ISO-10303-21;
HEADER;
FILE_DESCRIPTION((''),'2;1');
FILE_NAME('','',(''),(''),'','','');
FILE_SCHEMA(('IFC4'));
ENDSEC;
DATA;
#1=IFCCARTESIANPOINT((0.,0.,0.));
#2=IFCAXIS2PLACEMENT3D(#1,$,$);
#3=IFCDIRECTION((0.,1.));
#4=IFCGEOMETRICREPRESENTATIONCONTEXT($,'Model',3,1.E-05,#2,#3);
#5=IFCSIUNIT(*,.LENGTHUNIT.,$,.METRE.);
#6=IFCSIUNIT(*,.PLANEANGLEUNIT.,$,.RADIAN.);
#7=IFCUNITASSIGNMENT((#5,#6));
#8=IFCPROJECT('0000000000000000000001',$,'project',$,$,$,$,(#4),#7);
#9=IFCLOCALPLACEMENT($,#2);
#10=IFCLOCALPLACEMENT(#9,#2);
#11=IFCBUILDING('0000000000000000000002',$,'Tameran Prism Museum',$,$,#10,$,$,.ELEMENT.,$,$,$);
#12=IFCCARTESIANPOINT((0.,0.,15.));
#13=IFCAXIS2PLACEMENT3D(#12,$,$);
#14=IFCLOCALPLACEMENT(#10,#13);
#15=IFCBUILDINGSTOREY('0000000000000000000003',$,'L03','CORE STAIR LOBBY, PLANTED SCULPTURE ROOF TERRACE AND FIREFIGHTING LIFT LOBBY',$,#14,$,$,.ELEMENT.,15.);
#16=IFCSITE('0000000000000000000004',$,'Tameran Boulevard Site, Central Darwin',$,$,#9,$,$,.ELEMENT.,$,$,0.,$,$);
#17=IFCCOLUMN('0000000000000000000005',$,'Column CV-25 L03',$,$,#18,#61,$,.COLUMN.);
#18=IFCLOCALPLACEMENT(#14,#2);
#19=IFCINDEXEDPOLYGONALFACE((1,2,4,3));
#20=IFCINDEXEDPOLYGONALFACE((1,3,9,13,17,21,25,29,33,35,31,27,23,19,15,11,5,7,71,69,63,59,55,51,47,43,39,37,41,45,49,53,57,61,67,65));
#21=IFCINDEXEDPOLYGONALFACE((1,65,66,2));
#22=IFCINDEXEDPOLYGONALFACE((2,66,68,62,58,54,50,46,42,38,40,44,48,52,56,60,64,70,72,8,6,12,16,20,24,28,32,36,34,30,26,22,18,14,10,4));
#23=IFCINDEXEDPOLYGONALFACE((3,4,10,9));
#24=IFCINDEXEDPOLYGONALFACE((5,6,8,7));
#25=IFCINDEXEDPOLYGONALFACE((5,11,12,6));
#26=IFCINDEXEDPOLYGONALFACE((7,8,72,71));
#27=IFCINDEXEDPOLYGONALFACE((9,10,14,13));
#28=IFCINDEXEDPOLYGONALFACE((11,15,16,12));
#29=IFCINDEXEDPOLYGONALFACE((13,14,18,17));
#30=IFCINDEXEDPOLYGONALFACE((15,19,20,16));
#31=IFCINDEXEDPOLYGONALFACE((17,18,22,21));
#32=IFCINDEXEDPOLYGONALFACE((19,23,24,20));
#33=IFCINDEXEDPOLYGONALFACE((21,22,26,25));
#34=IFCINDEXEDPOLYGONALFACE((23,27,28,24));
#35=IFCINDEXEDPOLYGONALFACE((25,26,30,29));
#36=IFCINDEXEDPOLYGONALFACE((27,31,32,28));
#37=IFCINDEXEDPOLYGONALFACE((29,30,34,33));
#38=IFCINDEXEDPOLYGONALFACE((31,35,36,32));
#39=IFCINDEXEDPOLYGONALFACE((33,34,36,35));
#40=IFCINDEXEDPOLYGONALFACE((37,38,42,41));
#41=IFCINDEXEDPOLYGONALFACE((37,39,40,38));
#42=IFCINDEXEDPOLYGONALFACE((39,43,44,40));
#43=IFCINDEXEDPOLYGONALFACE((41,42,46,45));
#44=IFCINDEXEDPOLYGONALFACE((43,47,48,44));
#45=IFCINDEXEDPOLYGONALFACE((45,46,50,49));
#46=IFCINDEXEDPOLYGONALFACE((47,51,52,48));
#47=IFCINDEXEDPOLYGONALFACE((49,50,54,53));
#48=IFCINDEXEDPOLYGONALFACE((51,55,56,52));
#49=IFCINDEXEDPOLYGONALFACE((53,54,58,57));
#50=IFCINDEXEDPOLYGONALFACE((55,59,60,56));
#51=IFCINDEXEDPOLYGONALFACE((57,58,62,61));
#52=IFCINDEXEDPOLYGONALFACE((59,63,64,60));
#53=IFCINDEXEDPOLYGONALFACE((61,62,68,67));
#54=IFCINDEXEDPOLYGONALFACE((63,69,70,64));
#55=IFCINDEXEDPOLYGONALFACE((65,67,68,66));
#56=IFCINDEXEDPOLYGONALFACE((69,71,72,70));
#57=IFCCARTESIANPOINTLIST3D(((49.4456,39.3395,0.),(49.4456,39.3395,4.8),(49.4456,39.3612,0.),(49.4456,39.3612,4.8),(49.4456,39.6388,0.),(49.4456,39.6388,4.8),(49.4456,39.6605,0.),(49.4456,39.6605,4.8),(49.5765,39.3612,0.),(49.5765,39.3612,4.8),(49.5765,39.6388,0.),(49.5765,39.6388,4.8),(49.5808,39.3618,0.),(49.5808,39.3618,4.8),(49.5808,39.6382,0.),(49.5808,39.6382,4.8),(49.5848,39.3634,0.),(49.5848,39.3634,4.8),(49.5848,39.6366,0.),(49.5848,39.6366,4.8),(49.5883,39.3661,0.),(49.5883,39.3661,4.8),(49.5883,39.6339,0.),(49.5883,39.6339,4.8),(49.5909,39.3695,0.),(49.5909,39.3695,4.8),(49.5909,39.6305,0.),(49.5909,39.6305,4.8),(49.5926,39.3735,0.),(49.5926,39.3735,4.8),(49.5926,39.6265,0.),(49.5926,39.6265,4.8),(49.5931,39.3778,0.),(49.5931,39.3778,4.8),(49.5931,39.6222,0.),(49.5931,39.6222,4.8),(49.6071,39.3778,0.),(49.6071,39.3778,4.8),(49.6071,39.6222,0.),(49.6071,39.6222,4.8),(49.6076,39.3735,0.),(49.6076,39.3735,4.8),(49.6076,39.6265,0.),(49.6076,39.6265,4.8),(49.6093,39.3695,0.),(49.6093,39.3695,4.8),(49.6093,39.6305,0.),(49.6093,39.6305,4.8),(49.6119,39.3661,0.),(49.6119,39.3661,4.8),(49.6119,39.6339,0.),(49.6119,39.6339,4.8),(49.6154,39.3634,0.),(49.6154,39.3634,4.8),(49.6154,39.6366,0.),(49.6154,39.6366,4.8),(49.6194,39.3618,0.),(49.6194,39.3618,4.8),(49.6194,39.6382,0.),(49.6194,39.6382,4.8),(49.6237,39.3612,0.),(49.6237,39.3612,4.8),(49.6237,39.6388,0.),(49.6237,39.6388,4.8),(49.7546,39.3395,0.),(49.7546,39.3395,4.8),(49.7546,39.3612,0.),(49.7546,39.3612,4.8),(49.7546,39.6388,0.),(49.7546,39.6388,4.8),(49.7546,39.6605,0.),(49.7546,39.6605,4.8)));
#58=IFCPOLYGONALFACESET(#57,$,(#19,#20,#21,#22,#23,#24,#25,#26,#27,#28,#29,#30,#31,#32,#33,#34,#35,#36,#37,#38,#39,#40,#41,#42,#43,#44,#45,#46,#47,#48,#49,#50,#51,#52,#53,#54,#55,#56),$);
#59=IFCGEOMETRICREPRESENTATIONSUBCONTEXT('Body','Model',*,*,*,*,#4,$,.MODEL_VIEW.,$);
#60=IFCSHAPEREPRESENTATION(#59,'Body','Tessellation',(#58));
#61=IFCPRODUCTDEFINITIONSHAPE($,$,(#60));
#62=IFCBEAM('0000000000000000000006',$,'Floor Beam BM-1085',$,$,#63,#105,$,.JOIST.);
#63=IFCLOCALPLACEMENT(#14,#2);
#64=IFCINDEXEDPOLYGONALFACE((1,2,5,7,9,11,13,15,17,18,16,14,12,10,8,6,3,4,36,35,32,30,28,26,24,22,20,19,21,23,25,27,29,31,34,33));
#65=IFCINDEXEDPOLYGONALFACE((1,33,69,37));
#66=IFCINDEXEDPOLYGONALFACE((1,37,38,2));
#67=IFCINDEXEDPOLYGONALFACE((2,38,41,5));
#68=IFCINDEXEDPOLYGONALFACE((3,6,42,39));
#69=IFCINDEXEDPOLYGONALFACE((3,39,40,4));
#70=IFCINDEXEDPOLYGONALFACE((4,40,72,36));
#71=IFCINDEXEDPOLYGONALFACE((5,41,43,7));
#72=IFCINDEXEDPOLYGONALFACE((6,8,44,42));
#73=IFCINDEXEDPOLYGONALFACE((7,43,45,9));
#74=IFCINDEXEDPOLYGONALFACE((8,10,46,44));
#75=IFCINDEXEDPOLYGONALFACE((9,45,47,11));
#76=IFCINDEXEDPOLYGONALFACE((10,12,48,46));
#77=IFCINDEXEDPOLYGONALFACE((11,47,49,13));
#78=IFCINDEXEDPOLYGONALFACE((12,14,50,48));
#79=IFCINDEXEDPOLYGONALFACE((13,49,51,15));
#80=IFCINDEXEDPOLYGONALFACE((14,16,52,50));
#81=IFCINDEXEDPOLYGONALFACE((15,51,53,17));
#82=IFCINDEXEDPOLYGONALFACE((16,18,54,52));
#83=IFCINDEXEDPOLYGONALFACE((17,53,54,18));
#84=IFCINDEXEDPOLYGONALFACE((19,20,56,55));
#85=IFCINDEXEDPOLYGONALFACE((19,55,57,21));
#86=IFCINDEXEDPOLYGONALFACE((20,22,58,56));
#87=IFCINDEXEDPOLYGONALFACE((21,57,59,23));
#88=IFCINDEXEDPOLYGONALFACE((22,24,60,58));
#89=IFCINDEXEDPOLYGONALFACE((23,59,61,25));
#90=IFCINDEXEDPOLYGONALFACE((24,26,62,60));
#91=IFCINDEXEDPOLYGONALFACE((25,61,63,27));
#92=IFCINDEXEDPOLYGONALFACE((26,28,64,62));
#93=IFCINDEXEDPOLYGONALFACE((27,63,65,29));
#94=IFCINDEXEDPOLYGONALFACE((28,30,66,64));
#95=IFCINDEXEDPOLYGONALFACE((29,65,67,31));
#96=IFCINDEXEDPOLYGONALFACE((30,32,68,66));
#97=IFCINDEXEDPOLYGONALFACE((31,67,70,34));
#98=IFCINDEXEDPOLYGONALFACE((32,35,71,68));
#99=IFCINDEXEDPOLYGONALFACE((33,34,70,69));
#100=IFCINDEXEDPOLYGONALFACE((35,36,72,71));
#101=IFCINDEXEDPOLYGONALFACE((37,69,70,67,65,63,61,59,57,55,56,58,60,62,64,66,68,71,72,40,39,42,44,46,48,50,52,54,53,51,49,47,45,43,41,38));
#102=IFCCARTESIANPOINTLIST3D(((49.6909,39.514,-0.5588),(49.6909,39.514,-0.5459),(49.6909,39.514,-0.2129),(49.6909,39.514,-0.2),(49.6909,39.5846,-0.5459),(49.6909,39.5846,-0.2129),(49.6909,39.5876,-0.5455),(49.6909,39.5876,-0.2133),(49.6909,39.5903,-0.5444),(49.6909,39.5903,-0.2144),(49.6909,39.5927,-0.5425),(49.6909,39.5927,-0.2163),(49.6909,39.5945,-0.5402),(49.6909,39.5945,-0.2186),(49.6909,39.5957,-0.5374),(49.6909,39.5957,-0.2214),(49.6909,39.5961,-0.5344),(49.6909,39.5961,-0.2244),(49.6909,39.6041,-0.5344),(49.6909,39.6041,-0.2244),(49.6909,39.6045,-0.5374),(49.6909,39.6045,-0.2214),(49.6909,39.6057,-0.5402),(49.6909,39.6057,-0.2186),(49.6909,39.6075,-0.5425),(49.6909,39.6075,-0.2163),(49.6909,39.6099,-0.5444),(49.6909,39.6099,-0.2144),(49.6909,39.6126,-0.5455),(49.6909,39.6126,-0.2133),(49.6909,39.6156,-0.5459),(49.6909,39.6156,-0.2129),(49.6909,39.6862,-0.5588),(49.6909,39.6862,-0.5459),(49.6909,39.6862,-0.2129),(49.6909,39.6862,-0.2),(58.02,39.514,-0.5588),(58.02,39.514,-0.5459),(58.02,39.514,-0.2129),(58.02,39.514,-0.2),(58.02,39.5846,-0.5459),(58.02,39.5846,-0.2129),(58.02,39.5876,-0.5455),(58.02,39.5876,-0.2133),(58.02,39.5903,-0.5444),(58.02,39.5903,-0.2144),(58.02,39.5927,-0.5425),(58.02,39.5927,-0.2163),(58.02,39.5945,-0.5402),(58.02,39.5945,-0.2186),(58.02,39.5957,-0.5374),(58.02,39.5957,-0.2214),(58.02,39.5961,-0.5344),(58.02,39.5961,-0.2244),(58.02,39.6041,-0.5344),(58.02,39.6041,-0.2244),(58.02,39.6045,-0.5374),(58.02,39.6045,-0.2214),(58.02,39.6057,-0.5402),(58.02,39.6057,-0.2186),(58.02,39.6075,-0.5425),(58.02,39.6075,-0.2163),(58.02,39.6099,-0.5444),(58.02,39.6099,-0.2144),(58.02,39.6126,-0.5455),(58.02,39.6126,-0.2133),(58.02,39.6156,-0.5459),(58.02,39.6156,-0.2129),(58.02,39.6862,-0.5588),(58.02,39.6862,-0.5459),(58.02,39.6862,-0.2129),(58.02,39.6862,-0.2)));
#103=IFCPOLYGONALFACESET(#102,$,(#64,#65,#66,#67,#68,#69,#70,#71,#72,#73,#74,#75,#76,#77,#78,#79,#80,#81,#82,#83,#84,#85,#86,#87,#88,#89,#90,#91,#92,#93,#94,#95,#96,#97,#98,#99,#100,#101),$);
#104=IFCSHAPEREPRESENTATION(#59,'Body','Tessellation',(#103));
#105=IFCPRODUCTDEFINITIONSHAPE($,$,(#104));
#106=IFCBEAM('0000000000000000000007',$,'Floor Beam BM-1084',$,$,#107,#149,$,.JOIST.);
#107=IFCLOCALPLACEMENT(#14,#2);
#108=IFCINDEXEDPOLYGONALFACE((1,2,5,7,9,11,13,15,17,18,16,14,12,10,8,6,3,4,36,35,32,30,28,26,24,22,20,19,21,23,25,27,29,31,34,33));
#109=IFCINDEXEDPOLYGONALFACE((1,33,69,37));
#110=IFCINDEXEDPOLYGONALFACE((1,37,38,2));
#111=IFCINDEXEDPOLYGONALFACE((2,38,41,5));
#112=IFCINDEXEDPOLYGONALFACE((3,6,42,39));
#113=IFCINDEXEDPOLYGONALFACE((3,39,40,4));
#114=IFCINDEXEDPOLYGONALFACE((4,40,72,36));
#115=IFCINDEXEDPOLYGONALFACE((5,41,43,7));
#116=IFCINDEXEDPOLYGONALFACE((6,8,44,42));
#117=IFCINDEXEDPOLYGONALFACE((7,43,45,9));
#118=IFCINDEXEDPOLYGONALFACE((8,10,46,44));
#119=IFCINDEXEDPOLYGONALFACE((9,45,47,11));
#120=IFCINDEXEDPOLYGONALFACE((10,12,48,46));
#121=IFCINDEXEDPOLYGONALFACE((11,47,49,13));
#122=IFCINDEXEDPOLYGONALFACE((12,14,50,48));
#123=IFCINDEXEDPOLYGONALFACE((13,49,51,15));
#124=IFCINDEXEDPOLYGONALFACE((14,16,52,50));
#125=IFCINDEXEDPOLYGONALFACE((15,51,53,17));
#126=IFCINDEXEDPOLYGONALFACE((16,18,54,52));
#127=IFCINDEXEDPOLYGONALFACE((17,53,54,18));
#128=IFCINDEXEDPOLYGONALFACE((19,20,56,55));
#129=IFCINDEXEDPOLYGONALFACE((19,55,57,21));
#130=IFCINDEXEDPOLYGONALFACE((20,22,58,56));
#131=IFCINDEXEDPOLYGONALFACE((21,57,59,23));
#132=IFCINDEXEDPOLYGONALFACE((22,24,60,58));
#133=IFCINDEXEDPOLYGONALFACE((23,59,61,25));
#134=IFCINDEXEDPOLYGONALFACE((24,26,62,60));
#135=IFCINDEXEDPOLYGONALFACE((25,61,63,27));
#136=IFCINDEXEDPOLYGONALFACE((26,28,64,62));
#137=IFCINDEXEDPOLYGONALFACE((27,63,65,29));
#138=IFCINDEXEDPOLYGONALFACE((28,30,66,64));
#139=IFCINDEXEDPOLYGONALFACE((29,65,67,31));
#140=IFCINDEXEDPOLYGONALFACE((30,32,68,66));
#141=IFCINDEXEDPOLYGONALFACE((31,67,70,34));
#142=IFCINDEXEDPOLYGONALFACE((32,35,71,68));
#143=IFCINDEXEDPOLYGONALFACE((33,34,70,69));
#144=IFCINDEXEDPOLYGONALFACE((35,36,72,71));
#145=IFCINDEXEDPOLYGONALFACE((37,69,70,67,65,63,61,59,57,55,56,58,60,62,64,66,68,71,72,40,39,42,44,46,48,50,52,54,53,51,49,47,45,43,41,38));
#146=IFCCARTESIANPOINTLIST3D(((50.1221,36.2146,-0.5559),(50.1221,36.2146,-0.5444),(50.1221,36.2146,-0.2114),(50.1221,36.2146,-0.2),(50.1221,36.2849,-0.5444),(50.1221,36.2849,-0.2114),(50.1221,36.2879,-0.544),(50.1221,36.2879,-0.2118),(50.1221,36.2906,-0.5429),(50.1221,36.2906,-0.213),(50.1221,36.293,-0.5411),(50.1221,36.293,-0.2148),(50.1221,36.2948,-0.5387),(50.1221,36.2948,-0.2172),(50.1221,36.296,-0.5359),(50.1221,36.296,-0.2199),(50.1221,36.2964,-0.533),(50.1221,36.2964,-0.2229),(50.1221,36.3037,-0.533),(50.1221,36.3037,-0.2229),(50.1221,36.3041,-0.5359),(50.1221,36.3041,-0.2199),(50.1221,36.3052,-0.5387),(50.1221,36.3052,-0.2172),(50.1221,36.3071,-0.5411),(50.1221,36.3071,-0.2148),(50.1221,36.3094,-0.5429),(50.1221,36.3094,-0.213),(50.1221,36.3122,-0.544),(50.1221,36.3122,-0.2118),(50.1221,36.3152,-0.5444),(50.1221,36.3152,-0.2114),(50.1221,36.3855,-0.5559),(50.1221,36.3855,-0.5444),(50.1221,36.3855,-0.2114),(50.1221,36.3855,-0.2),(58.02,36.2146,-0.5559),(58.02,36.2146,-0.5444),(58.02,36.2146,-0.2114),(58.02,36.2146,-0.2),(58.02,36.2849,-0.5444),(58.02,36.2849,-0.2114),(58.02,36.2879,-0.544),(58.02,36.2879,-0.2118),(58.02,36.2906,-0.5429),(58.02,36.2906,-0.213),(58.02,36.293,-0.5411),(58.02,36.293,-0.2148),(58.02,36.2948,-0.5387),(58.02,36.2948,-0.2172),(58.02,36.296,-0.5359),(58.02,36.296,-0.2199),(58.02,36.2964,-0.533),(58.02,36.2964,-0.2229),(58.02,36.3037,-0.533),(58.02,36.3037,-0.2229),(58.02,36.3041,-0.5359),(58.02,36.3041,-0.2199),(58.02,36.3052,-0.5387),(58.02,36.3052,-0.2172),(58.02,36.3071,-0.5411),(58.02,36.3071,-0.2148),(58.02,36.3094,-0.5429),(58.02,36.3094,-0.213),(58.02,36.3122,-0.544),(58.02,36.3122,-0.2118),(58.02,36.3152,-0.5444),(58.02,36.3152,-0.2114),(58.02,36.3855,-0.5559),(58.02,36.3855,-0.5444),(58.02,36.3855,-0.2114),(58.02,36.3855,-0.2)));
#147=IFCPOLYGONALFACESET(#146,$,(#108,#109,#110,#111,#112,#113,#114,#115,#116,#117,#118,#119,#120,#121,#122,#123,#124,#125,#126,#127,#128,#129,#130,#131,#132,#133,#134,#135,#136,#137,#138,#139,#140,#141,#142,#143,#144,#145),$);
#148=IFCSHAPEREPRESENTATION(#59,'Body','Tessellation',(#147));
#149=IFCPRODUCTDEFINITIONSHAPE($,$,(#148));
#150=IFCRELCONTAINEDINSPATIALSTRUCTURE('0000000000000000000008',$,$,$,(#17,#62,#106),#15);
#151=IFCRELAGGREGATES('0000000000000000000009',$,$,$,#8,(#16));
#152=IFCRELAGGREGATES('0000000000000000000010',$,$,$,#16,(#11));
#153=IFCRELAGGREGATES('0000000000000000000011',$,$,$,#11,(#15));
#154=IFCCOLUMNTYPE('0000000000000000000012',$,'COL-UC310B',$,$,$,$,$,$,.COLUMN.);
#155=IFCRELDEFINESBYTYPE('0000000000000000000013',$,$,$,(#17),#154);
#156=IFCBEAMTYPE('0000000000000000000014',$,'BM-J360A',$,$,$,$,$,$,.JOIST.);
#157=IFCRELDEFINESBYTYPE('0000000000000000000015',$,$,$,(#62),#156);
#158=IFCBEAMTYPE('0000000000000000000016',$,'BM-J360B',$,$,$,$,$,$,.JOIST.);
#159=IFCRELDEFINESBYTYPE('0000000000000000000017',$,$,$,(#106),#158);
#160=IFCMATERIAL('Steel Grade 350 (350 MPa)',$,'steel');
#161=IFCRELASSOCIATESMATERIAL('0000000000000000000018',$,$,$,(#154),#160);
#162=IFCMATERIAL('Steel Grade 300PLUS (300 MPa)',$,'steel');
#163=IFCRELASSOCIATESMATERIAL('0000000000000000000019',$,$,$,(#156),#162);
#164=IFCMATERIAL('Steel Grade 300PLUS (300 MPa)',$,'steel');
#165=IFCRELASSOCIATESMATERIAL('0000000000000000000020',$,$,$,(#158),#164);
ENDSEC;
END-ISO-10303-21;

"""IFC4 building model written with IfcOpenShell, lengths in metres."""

from ifc_helpers import new_model, si_unit, direction, frame, origin, origin_2d, place, context, subcontext, project, spatial, i_section, extrude, material, material_profile, profile_set, type_object, element, save


model = new_model("IFC4")

# Units and contexts
model_context = context("Model", 3, precision=1e-05, world=origin(), true_north=direction((0.0, 1.0)))
body_context = subcontext(model_context, "Body", "Model", "MODEL_VIEW")
ifc_project = project(units=[si_unit("LENGTHUNIT", "METRE"), si_unit("PLANEANGLEUNIT", "RADIAN")], contexts=[model_context])

# Site, building, storey
site_placement = place(None, origin())
site = spatial("IfcSite", under=ifc_project, at=site_placement, Name="Tameran Boulevard Site, Central Darwin", CompositionType="ELEMENT", RefElevation=0.0)
building_placement = place(site_placement, origin())
building = spatial("IfcBuilding", under=site, at=building_placement, Name="Tameran Prism Museum", CompositionType="ELEMENT")
storey_placement = place(building_placement, frame((0.0, 0.0, 15.0)))
storey = spatial("IfcBuildingStorey", under=building, at=storey_placement, Name="L03", Description="CORE STAIR LOBBY, PLANTED SCULPTURE ROOF TERRACE AND FIREFIGHTING LIFT LOBBY", CompositionType="ELEMENT", Elevation=15.0)

# Column
ifc_material_1 = material(Name="Steel Grade 350 (350 MPa)", Category="steel")
ifc_material_profile_1 = material_profile(ifc_material_1, i_section(OverallWidth=0.3091, OverallDepth=0.321, WebThickness=0.0139, FlangeThickness=0.0217, FilletRadius=0.0166, at=origin_2d()))
ifc_profile_set_1 = profile_set([ifc_material_profile_1])
column_type = type_object("IfcColumnType", Name="COL-UC310B", PredefinedType="COLUMN", material=ifc_profile_set_1)
column_placement = place(storey_placement, frame((49.6001, 39.5, 0.0), z_axis=(0.0, 0.0, 1.0), x_axis=(1.0, 0.0, 0.0)))
element("IfcColumn", 1, at=column_placement, inside=storey, type_object=column_type, Name="Column CV-25 L03", PredefinedType="COLUMN", context=body_context, shape_type="SweptSolid", body=[
    extrude(i_section(OverallWidth=0.3091, OverallDepth=0.321, WebThickness=0.0139, FlangeThickness=0.0217, FilletRadius=0.0166, at=origin_2d()), origin(), (0.0, 0.0, 1.0), 4.8),
])

# Beams
ifc_material_2 = material(Name="Steel Grade 300PLUS (300 MPa)", Category="steel")
ifc_material_profile_2 = material_profile(ifc_material_2, i_section(OverallWidth=0.1721, OverallDepth=0.3589, WebThickness=0.0081, FlangeThickness=0.0129, FilletRadius=0.0115, at=origin_2d()))
ifc_profile_set_2 = profile_set([ifc_material_profile_2])
beam_type_1 = type_object("IfcBeamType", Name="BM-J360A", PredefinedType="JOIST", material=ifc_profile_set_2)
beam_1_placement = place(storey_placement, frame((49.6909, 39.6001, -0.3794), z_axis=(1.0, 0.0, 0.0), x_axis=(0.0, 1.0, 0.0)))
element("IfcBeam", 2, at=beam_1_placement, inside=storey, type_object=beam_type_1, Name="Floor Beam BM-1085", PredefinedType="JOIST", context=body_context, shape_type="SweptSolid", body=[
    extrude(i_section(OverallWidth=0.1721, OverallDepth=0.3589, WebThickness=0.0081, FlangeThickness=0.0129, FilletRadius=0.0115, at=origin_2d()), origin(), (0.0, 0.0, 1.0), 8.3291),
])
ifc_material_3 = material(Name="Steel Grade 300PLUS (300 MPa)", Category="steel")
ifc_material_profile_3 = material_profile(ifc_material_3, i_section(OverallWidth=0.1709, OverallDepth=0.356, WebThickness=0.0073, FlangeThickness=0.0115, FilletRadius=0.0115, at=origin_2d()))
ifc_profile_set_3 = profile_set([ifc_material_profile_3])
beam_type_2 = type_object("IfcBeamType", Name="BM-J360B", PredefinedType="JOIST", material=ifc_profile_set_3)
beam_2_placement = place(storey_placement, frame((50.1221, 36.3, -0.3779), z_axis=(1.0, 0.0, 0.0), x_axis=(0.0, 1.0, 0.0)))
element("IfcBeam", 3, at=beam_2_placement, inside=storey, type_object=beam_type_2, Name="Floor Beam BM-1084", PredefinedType="JOIST", context=body_context, shape_type="SweptSolid", body=[
    extrude(i_section(OverallWidth=0.1709, OverallDepth=0.356, WebThickness=0.0073, FlangeThickness=0.0115, FilletRadius=0.0115, at=origin_2d()), origin(), (0.0, 0.0, 1.0), 7.8979),
])

save(model, "model.ifc")
